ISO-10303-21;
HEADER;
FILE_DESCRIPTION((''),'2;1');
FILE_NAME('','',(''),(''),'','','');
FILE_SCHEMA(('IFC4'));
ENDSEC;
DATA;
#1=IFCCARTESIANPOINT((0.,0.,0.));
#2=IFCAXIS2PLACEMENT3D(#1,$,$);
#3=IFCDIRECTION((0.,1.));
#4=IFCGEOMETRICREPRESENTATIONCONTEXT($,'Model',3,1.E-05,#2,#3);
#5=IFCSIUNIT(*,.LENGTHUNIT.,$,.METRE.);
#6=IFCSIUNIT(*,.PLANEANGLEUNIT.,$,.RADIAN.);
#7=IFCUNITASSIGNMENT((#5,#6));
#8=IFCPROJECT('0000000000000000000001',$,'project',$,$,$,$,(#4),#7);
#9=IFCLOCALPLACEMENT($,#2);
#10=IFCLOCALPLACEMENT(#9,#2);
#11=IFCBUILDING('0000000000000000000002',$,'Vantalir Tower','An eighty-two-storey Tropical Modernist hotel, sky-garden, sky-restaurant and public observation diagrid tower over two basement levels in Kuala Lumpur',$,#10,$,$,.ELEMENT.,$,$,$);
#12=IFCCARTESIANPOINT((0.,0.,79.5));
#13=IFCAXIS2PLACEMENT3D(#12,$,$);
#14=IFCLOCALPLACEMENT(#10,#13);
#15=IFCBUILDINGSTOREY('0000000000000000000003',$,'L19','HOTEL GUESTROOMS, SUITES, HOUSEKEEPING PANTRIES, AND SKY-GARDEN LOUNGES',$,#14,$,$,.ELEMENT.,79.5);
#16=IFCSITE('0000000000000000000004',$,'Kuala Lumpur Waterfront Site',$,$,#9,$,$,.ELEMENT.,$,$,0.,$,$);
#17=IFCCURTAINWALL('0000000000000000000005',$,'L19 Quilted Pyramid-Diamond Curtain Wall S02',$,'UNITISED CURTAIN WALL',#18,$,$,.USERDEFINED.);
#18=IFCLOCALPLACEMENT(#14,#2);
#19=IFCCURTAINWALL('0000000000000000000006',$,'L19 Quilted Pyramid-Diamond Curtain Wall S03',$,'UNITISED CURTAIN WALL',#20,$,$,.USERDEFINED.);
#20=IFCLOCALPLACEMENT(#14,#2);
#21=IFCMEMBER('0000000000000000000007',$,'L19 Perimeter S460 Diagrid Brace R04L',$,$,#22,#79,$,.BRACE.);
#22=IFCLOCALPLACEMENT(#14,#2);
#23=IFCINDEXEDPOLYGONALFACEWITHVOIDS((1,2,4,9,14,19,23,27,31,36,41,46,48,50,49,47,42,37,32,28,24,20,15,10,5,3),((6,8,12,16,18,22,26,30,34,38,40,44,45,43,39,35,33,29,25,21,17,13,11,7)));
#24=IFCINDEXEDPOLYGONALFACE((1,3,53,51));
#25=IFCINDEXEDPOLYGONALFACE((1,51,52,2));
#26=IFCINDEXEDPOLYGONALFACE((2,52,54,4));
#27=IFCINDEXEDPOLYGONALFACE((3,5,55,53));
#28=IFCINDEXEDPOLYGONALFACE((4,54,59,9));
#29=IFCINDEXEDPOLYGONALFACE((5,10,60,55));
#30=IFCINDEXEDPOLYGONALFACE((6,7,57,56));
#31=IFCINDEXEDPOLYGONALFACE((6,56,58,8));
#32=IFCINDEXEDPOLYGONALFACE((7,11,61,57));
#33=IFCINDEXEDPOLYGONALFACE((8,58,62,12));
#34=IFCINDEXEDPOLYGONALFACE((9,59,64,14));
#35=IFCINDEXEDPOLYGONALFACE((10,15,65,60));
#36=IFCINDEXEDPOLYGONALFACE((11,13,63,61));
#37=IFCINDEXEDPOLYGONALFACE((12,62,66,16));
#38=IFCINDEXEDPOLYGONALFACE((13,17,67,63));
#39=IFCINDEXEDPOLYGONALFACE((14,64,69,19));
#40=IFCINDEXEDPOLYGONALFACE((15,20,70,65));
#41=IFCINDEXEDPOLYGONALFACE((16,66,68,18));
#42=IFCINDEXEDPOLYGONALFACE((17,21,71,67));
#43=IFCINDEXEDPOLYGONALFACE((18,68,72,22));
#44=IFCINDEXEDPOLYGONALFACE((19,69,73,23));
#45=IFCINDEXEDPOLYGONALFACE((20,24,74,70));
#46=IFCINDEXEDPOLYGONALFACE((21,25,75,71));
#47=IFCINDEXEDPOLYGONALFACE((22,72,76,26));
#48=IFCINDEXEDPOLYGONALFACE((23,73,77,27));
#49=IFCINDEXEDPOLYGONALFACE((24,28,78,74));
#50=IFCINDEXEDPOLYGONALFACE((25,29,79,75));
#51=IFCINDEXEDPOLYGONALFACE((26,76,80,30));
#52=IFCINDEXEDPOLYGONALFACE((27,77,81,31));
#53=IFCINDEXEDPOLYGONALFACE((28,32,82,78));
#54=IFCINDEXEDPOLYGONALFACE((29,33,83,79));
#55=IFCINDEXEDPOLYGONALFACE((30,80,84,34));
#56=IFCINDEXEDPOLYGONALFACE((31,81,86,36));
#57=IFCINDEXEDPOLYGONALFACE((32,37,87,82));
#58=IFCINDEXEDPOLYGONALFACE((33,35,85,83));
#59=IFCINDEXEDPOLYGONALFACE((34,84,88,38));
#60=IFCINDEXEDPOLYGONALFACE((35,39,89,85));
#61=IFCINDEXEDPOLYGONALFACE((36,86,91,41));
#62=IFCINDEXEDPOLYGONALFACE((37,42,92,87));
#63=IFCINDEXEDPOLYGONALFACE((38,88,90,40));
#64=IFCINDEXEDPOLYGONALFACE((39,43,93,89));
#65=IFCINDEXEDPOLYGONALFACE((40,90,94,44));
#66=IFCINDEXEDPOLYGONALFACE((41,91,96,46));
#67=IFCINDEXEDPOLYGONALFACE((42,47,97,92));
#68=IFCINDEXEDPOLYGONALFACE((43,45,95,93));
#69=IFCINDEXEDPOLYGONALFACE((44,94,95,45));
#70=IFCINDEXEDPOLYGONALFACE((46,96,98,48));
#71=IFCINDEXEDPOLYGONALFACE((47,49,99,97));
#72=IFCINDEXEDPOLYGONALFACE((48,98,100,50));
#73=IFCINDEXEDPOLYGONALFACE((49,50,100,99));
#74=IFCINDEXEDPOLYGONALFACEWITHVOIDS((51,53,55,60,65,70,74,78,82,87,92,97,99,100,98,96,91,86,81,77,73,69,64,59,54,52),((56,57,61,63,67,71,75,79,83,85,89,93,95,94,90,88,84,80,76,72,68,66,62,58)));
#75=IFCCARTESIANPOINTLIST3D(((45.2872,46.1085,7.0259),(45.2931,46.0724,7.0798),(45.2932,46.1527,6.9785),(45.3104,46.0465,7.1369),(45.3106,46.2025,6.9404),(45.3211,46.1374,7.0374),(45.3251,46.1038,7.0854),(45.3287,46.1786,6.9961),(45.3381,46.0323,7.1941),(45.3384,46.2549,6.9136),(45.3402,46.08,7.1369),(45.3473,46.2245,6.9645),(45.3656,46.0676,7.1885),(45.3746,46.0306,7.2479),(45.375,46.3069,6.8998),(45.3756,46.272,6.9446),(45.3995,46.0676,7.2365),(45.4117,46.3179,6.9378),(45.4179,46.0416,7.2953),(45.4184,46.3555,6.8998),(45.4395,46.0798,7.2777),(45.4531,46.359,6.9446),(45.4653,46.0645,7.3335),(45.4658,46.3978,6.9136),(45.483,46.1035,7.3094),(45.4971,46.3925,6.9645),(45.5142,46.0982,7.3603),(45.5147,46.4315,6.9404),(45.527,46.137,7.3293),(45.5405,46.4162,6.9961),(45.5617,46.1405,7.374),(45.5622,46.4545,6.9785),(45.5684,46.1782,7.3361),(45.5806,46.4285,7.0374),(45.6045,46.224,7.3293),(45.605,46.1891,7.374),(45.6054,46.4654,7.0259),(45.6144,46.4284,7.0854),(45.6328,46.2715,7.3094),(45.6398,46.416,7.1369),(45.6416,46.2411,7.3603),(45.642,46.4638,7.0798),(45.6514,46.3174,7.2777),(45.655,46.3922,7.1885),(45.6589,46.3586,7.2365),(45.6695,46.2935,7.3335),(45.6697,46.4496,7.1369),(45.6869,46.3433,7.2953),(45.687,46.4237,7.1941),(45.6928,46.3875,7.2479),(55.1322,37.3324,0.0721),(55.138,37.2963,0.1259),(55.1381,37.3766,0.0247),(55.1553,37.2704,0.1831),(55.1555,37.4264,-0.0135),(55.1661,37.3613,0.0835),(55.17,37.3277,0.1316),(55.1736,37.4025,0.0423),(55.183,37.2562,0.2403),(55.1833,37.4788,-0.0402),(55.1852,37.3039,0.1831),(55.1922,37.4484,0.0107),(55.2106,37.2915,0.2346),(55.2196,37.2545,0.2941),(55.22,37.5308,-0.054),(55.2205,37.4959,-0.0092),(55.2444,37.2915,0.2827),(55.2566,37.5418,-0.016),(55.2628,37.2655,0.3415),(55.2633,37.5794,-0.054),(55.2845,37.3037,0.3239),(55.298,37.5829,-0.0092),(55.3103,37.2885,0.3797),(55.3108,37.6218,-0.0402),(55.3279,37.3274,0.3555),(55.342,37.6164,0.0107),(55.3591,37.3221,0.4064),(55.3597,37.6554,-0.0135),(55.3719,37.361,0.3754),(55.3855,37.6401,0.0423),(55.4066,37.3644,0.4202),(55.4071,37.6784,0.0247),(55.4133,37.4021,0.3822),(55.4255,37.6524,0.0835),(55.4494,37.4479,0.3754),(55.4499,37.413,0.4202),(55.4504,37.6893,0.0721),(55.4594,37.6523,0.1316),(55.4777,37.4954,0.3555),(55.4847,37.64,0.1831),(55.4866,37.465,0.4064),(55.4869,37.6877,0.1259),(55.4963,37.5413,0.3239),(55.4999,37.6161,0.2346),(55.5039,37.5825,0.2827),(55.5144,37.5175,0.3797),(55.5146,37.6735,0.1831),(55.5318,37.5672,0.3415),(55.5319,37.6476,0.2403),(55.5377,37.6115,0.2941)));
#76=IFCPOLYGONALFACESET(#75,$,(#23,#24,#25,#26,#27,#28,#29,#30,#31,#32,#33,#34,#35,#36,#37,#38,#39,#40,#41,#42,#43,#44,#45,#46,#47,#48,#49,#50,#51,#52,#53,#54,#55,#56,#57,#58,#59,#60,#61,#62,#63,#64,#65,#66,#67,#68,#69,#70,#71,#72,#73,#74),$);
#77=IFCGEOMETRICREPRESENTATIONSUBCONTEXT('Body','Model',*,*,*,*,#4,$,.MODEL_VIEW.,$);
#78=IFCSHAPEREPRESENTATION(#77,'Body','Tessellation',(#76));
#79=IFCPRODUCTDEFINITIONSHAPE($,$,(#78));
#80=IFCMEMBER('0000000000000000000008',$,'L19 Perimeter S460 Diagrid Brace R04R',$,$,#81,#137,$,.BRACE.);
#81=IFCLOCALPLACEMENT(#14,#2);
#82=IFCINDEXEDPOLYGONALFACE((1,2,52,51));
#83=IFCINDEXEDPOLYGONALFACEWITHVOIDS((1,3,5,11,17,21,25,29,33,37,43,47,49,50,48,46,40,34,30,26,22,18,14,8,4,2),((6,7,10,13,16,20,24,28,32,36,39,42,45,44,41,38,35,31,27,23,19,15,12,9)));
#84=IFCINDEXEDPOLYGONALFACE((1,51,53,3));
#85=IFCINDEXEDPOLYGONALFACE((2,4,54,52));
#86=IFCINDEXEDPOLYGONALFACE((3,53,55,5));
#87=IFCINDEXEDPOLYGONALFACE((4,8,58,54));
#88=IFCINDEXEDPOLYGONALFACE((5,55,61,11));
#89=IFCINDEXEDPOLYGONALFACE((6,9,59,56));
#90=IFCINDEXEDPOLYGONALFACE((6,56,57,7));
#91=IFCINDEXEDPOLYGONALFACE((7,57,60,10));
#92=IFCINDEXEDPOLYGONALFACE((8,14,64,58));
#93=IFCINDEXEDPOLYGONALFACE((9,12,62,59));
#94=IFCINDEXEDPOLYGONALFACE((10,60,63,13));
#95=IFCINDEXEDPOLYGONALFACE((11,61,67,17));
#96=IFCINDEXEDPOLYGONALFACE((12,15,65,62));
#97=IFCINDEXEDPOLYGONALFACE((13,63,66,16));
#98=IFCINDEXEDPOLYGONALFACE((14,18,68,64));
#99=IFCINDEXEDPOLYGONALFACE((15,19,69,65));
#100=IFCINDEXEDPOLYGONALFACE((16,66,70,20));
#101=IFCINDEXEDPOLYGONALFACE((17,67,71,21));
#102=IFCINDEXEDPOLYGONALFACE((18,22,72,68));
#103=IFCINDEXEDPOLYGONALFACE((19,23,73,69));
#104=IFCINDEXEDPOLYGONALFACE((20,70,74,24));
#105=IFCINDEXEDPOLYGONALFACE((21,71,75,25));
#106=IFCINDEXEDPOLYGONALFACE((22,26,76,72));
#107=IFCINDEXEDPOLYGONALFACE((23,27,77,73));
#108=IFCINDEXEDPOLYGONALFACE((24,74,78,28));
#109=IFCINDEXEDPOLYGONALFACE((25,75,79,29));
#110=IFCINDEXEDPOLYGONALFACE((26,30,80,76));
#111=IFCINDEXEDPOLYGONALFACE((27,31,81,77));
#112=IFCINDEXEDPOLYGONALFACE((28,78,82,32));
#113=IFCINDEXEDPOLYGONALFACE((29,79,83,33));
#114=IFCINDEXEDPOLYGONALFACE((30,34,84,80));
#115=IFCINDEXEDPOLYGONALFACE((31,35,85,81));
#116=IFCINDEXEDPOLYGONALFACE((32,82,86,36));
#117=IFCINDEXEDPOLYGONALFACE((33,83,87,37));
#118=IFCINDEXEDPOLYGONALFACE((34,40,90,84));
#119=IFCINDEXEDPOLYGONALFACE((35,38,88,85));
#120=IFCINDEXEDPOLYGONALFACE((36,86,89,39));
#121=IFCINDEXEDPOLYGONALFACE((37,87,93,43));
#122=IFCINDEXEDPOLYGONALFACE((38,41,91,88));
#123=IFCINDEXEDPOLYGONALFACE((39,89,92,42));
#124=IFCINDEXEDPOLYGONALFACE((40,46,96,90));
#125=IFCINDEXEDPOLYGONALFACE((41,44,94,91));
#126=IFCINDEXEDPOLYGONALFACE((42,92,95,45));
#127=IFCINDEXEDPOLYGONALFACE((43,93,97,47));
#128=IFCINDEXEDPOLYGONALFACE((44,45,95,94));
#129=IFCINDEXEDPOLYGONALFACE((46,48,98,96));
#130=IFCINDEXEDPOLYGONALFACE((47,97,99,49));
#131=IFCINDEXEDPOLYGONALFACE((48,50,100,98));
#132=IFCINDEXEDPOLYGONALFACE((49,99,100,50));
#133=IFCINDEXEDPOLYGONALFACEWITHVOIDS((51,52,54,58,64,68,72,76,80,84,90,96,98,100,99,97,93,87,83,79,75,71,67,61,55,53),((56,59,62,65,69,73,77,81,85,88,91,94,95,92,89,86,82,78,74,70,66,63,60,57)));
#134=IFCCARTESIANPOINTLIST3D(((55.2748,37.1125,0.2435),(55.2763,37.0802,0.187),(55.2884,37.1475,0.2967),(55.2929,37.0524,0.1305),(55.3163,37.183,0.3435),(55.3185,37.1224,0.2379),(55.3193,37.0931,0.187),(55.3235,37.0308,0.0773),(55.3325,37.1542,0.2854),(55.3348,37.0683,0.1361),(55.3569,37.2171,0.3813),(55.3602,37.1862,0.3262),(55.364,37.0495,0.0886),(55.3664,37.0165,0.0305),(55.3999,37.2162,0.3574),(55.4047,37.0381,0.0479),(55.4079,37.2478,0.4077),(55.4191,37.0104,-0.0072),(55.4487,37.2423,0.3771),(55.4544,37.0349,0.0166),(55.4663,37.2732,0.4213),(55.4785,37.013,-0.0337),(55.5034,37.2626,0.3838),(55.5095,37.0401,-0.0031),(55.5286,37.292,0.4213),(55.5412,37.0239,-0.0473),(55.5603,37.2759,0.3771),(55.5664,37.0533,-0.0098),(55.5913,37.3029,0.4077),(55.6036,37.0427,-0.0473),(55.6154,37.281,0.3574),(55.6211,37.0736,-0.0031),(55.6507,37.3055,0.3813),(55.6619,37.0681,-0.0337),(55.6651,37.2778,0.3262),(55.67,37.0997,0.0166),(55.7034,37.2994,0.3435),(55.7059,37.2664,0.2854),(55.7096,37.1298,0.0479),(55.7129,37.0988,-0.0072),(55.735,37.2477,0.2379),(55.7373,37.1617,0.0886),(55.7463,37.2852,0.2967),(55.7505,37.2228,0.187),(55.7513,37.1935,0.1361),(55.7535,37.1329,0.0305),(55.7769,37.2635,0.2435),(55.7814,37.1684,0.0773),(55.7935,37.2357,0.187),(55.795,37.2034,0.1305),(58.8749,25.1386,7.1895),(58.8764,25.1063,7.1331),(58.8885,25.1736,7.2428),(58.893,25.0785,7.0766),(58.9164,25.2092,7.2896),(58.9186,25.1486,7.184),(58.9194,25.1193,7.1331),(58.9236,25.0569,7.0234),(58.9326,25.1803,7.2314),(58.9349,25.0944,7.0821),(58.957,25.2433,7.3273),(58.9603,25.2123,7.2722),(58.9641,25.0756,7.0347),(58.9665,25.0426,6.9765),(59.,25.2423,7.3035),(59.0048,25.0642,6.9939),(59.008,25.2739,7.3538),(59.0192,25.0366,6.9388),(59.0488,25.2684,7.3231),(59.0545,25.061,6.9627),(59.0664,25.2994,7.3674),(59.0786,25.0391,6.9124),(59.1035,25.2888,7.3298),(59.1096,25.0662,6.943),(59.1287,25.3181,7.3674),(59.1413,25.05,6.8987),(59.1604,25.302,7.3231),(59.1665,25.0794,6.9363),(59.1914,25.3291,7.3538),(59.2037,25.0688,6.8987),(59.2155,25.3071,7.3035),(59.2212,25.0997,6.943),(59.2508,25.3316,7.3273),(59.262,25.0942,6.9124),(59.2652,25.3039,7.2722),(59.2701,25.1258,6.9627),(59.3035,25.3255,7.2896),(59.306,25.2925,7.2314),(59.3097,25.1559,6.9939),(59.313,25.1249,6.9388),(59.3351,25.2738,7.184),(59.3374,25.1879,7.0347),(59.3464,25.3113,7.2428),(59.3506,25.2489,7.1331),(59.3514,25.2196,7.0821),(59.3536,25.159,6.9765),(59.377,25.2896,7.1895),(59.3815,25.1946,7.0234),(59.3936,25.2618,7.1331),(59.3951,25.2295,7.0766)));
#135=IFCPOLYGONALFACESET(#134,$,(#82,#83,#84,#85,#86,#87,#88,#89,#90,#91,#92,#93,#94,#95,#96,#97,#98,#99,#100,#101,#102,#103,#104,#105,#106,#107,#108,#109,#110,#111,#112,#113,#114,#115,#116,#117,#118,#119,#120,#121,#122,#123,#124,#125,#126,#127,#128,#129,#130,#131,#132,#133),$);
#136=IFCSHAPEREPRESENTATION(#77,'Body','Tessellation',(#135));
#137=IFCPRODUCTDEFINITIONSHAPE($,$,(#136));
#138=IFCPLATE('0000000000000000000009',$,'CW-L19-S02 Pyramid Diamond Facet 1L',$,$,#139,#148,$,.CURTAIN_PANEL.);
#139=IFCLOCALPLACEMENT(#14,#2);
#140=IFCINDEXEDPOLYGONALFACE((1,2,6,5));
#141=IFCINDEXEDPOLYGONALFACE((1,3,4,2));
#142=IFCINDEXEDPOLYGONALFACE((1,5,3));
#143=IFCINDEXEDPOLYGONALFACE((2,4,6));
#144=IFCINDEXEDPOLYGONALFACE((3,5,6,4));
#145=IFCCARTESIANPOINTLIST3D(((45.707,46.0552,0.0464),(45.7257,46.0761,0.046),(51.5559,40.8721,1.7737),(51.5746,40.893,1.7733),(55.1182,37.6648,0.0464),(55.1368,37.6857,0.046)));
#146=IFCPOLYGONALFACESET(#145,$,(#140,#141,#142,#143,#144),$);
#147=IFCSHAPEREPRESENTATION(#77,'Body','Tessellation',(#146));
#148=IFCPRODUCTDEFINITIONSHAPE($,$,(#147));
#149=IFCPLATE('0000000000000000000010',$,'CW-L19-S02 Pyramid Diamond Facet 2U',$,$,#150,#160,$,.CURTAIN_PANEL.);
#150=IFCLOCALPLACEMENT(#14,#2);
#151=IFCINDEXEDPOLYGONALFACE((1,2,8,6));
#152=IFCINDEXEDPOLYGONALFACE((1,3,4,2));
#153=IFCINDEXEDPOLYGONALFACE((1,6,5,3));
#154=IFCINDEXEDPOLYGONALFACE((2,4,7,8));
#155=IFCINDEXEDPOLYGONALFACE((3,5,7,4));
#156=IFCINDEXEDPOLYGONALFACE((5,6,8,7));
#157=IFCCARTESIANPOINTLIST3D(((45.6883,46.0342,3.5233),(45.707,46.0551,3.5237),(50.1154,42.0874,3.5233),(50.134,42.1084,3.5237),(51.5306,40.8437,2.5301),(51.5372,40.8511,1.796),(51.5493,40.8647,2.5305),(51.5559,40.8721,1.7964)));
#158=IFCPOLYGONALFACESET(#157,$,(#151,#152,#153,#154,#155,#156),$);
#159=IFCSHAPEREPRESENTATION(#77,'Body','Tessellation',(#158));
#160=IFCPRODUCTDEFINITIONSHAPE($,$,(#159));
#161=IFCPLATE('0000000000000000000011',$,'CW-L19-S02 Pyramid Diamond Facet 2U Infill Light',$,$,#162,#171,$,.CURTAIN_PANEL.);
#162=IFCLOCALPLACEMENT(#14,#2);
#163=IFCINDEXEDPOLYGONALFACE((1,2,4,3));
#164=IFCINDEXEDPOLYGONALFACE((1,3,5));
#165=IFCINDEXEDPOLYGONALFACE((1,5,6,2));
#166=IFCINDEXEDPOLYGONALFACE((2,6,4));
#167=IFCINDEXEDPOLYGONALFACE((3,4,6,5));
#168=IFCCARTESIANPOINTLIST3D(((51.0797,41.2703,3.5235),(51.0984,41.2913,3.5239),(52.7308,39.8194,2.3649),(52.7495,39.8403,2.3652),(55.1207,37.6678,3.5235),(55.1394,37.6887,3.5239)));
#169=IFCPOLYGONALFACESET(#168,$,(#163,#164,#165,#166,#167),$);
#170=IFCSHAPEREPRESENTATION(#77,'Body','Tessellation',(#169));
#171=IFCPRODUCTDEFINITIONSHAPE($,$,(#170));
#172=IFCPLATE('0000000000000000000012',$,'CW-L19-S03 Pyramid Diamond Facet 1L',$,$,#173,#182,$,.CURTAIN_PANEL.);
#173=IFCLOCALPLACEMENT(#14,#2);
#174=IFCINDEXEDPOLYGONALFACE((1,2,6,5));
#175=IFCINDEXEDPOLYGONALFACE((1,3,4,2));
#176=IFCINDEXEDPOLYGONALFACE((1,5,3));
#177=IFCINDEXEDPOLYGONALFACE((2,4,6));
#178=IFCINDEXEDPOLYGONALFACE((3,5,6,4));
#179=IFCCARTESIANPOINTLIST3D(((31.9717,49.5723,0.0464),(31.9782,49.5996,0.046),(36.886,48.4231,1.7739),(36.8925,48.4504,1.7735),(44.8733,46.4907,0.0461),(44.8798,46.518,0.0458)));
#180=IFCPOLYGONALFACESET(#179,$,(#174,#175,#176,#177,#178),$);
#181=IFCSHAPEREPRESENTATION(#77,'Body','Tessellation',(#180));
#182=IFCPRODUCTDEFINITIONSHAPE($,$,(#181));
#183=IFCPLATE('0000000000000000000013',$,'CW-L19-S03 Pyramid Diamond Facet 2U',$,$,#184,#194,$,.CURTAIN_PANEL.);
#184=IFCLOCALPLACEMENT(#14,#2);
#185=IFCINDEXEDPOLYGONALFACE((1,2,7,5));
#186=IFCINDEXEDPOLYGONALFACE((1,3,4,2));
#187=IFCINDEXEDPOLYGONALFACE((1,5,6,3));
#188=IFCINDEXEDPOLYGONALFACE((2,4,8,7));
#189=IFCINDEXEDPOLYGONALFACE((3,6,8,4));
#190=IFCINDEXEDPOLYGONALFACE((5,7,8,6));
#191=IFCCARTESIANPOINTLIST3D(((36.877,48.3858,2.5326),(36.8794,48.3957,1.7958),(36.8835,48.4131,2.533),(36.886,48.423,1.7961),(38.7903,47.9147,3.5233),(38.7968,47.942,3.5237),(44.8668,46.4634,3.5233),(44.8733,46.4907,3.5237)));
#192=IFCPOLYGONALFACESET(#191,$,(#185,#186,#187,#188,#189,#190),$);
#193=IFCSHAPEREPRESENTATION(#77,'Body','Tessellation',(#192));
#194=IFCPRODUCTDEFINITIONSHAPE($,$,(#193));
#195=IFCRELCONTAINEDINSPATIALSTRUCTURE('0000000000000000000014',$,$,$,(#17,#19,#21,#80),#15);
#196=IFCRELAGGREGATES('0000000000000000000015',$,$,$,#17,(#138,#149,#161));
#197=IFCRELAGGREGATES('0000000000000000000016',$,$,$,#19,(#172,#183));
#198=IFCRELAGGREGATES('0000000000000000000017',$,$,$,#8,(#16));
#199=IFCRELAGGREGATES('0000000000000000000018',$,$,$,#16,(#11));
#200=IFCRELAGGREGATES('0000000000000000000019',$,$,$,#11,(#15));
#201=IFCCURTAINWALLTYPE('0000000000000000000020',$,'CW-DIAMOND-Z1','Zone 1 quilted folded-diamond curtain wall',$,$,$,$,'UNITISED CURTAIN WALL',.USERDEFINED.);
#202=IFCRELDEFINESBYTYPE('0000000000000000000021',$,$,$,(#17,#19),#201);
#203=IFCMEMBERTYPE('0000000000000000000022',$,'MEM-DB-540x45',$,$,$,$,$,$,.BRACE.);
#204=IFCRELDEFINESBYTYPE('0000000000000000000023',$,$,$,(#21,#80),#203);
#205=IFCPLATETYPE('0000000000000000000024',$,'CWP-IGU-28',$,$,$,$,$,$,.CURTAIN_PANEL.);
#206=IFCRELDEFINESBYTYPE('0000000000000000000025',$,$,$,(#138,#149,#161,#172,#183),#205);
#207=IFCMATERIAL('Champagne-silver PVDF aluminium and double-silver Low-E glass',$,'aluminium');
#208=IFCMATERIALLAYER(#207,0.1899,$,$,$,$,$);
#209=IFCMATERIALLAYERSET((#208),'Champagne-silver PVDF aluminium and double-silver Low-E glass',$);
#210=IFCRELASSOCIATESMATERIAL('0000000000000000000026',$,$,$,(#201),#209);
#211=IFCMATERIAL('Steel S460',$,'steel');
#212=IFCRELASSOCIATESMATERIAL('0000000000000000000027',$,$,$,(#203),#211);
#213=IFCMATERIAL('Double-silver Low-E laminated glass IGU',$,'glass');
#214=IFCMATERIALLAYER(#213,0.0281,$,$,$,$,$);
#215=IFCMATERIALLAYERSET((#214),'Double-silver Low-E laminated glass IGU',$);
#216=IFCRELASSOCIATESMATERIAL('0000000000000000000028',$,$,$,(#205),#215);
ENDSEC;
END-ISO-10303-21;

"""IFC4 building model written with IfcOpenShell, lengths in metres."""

from ifc_helpers import new_model, si_unit, direction, frame, origin, origin_2d, place, context, subcontext, project, spatial, polyline, hollow_circle, outline, extrude, material, layer, layer_set, material_profile, profile_set, type_object, element, aggregate, save


model = new_model("IFC4")

# Units and contexts
model_context = context("Model", 3, precision=1e-05, world=origin(), true_north=direction((0.0, 1.0)))
body_context = subcontext(model_context, "Body", "Model", "MODEL_VIEW")
ifc_project = project(units=[si_unit("LENGTHUNIT", "METRE"), si_unit("PLANEANGLEUNIT", "RADIAN")], contexts=[model_context])

# Site, building, storey
site_placement = place(None, origin())
site = spatial("IfcSite", under=ifc_project, at=site_placement, Name="Kuala Lumpur Waterfront Site", CompositionType="ELEMENT", RefElevation=0.0)
building_placement = place(site_placement, origin())
building = spatial("IfcBuilding", under=site, at=building_placement, Name="Vantalir Tower", Description="An eighty-two-storey Tropical Modernist hotel, sky-garden, sky-restaurant and public observation diagrid tower over two basement levels in Kuala Lumpur", CompositionType="ELEMENT")
storey_placement = place(building_placement, frame((0.0, 0.0, 79.5)))
storey = spatial("IfcBuildingStorey", under=building, at=storey_placement, Name="L19", Description="HOTEL GUESTROOMS, SUITES, HOUSEKEEPING PANTRIES, AND SKY-GARDEN LOUNGES", CompositionType="ELEMENT", Elevation=79.5)

# Shared definitions
ifc_material_1 = material(Name="Steel S460", Category="steel")

# Curtain wall
ifc_material_2 = material(Name="Champagne-silver PVDF aluminium and double-silver Low-E glass", Category="aluminium")
ifc_layer_1 = layer(ifc_material_2, 0.1899)
ifc_layer_set_1 = layer_set([ifc_layer_1], Name="Champagne-silver PVDF aluminium and double-silver Low-E glass")
curtain_wall_type = type_object("IfcCurtainWallType", Name="CW-DIAMOND-Z1", Description="Zone 1 quilted folded-diamond curtain wall", ElementType="UNITISED CURTAIN WALL", PredefinedType="USERDEFINED", material=ifc_layer_set_1)
curtain_wall_1_placement = place(storey_placement, origin())
curtain_wall_1 = element("IfcCurtainWall", 1, at=curtain_wall_1_placement, inside=storey, type_object=curtain_wall_type, Name="L19 Quilted Pyramid-Diamond Curtain Wall S02", ObjectType="UNITISED CURTAIN WALL", PredefinedType="USERDEFINED")

# Curtain wall
curtain_wall_2_placement = place(storey_placement, origin())
curtain_wall_2 = element("IfcCurtainWall", 2, at=curtain_wall_2_placement, inside=storey, type_object=curtain_wall_type, Name="L19 Quilted Pyramid-Diamond Curtain Wall S03", ObjectType="UNITISED CURTAIN WALL", PredefinedType="USERDEFINED")

# Members
ifc_material_profile_1 = material_profile(ifc_material_1, hollow_circle(Radius=0.27, WallThickness=0.0449, at=origin_2d()), Name="Steel S460")
ifc_profile_set_1 = profile_set([ifc_material_profile_1], Name="Steel S460")
member_type_1 = type_object("IfcMemberType", Name="MEM-DB-540x45", PredefinedType="BRACE", material=ifc_profile_set_1)
member_1_placement = place(storey_placement, frame((55.335, 37.4719, 0.1831), z_axis=(-0.660305, 0.588617, 0.466397), x_axis=(-0.665424, -0.746466, 0.0)))
element("IfcMember", 3, at=member_1_placement, inside=storey, type_object=member_type_1, Name="L19 Perimeter S460 Diagrid Brace R04L", PredefinedType="BRACE", context=body_context, shape_type="SweptSolid", body=[
    extrude(hollow_circle(Radius=0.27, WallThickness=0.0449, at=origin_2d()), origin(), (0.0, 0.0, 1.0), 14.9097),
])
member_2_placement = place(storey_placement, frame((55.5349, 37.158, 0.187), z_axis=(0.251698, -0.837146, 0.485628), x_axis=(0.957651, 0.28793, 0.0)))
element("IfcMember", 4, at=member_2_placement, inside=storey, type_object=member_type_1, Name="L19 Perimeter S460 Diagrid Brace R04R", PredefinedType="BRACE", context=body_context, shape_type="SweptSolid", body=[
    extrude(hollow_circle(Radius=0.27, WallThickness=0.0449, at=origin_2d()), origin(), (0.0, 0.0, 1.0), 14.3032),
])

# Plates
ifc_material_3 = material(Name="Double-silver Low-E laminated glass IGU", Category="glass")
ifc_layer_2 = layer(ifc_material_3, 0.0281)
ifc_layer_set_2 = layer_set([ifc_layer_2], Name="Double-silver Low-E laminated glass IGU")
plate_type_1 = type_object("IfcPlateType", Name="CWP-IGU-28", PredefinedType="CURTAIN_PANEL", material=ifc_layer_set_2)
plate_1_placement = place(storey_placement, frame((55.1182, 37.6648, 0.0464), z_axis=(-0.665406, -0.746358, 0.013563), x_axis=(-0.746427, 0.665468, 0.0)))
plate_1 = element("IfcPlate", 5, at=plate_1_placement, type_object=plate_type_1, Name="CW-L19-S02 Pyramid Diamond Facet 1L", PredefinedType="CURTAIN_PANEL", context=body_context, shape_type="SweptSolid", body=[
    extrude(outline(polyline([(0.0, 0.0), (12.6082, 0.0), (4.7933, -1.7275), (0.0, 0.0)])), origin(), (0.0, 0.0, -1.0), 0.0281),
])
plate_2_placement = place(storey_placement, frame((50.134, 42.1084, 3.5237), z_axis=(0.665392, 0.746372, 0.013515), x_axis=(-0.74644, 0.665453, 0.0)))
plate_2 = element("IfcPlate", 6, at=plate_2_placement, type_object=plate_type_1, Name="CW-L19-S02 Pyramid Diamond Facet 2U", PredefinedType="CURTAIN_PANEL", context=body_context, shape_type="SweptSolid", body=[
    extrude(outline(polyline([(0.0, 0.0), (5.9309, 0.0), (-1.8841, -1.7275), (-1.884, -0.9933), (0.0, 0.0)])), origin(), (0.0, 0.0, -1.0), 0.0281),
])
plate_3_placement = place(storey_placement, frame((55.1394, 37.6887, 3.5239), z_axis=(0.665388, 0.746375, 0.013551), x_axis=(-0.746443, 0.665449, 0.0)))
plate_3 = element("IfcPlate", 7, at=plate_3_placement, type_object=plate_type_1, Name="CW-L19-S02 Pyramid Diamond Facet 2U Infill Light", PredefinedType="CURTAIN_PANEL", context=body_context, shape_type="SweptSolid", body=[
    extrude(outline(polyline([(0.0, 0.0), (5.4137, 0.0), (3.2157, -1.1588), (0.0, 0.0)])), origin(), (0.0, 0.0, -1.0), 0.0281),
])
aggregate(curtain_wall_1, [plate_1, plate_2, plate_3])
plate_4_placement = place(storey_placement, frame((44.8733, 46.4907, 0.0461), z_axis=(-0.232292, -0.972547, 0.013854), x_axis=(-0.972641, 0.232315, 0.000018)))
plate_4 = element("IfcPlate", 8, at=plate_4_placement, type_object=plate_type_1, Name="CW-L19-S03 Pyramid Diamond Facet 1L", PredefinedType="CURTAIN_PANEL", context=body_context, shape_type="SweptSolid", body=[
    extrude(outline(polyline([(0.0, 0.0), (13.2645, 0.0), (8.2177, -1.7278), (0.0, 0.0)])), origin(), (0.0, 0.0, -1.0), 0.0281),
])
plate_5_placement = place(storey_placement, frame((44.8733, 46.4907, 3.5237), z_axis=(0.232285, 0.97255, 0.013826), x_axis=(-0.972643, 0.232307, 0.0)))
plate_5 = element("IfcPlate", 9, at=plate_5_placement, type_object=plate_type_1, Name="CW-L19-S03 Pyramid Diamond Facet 2U", PredefinedType="CURTAIN_PANEL", context=body_context, shape_type="SweptSolid", body=[
    extrude(outline(polyline([(0.0, 0.0), (6.2474, 0.0), (8.2177, -0.9908), (8.2177, -1.7277), (0.0, 0.0)])), origin(), (0.0, 0.0, -1.0), 0.0281),
])
aggregate(curtain_wall_2, [plate_4, plate_5])

save(model, "model.ifc")
